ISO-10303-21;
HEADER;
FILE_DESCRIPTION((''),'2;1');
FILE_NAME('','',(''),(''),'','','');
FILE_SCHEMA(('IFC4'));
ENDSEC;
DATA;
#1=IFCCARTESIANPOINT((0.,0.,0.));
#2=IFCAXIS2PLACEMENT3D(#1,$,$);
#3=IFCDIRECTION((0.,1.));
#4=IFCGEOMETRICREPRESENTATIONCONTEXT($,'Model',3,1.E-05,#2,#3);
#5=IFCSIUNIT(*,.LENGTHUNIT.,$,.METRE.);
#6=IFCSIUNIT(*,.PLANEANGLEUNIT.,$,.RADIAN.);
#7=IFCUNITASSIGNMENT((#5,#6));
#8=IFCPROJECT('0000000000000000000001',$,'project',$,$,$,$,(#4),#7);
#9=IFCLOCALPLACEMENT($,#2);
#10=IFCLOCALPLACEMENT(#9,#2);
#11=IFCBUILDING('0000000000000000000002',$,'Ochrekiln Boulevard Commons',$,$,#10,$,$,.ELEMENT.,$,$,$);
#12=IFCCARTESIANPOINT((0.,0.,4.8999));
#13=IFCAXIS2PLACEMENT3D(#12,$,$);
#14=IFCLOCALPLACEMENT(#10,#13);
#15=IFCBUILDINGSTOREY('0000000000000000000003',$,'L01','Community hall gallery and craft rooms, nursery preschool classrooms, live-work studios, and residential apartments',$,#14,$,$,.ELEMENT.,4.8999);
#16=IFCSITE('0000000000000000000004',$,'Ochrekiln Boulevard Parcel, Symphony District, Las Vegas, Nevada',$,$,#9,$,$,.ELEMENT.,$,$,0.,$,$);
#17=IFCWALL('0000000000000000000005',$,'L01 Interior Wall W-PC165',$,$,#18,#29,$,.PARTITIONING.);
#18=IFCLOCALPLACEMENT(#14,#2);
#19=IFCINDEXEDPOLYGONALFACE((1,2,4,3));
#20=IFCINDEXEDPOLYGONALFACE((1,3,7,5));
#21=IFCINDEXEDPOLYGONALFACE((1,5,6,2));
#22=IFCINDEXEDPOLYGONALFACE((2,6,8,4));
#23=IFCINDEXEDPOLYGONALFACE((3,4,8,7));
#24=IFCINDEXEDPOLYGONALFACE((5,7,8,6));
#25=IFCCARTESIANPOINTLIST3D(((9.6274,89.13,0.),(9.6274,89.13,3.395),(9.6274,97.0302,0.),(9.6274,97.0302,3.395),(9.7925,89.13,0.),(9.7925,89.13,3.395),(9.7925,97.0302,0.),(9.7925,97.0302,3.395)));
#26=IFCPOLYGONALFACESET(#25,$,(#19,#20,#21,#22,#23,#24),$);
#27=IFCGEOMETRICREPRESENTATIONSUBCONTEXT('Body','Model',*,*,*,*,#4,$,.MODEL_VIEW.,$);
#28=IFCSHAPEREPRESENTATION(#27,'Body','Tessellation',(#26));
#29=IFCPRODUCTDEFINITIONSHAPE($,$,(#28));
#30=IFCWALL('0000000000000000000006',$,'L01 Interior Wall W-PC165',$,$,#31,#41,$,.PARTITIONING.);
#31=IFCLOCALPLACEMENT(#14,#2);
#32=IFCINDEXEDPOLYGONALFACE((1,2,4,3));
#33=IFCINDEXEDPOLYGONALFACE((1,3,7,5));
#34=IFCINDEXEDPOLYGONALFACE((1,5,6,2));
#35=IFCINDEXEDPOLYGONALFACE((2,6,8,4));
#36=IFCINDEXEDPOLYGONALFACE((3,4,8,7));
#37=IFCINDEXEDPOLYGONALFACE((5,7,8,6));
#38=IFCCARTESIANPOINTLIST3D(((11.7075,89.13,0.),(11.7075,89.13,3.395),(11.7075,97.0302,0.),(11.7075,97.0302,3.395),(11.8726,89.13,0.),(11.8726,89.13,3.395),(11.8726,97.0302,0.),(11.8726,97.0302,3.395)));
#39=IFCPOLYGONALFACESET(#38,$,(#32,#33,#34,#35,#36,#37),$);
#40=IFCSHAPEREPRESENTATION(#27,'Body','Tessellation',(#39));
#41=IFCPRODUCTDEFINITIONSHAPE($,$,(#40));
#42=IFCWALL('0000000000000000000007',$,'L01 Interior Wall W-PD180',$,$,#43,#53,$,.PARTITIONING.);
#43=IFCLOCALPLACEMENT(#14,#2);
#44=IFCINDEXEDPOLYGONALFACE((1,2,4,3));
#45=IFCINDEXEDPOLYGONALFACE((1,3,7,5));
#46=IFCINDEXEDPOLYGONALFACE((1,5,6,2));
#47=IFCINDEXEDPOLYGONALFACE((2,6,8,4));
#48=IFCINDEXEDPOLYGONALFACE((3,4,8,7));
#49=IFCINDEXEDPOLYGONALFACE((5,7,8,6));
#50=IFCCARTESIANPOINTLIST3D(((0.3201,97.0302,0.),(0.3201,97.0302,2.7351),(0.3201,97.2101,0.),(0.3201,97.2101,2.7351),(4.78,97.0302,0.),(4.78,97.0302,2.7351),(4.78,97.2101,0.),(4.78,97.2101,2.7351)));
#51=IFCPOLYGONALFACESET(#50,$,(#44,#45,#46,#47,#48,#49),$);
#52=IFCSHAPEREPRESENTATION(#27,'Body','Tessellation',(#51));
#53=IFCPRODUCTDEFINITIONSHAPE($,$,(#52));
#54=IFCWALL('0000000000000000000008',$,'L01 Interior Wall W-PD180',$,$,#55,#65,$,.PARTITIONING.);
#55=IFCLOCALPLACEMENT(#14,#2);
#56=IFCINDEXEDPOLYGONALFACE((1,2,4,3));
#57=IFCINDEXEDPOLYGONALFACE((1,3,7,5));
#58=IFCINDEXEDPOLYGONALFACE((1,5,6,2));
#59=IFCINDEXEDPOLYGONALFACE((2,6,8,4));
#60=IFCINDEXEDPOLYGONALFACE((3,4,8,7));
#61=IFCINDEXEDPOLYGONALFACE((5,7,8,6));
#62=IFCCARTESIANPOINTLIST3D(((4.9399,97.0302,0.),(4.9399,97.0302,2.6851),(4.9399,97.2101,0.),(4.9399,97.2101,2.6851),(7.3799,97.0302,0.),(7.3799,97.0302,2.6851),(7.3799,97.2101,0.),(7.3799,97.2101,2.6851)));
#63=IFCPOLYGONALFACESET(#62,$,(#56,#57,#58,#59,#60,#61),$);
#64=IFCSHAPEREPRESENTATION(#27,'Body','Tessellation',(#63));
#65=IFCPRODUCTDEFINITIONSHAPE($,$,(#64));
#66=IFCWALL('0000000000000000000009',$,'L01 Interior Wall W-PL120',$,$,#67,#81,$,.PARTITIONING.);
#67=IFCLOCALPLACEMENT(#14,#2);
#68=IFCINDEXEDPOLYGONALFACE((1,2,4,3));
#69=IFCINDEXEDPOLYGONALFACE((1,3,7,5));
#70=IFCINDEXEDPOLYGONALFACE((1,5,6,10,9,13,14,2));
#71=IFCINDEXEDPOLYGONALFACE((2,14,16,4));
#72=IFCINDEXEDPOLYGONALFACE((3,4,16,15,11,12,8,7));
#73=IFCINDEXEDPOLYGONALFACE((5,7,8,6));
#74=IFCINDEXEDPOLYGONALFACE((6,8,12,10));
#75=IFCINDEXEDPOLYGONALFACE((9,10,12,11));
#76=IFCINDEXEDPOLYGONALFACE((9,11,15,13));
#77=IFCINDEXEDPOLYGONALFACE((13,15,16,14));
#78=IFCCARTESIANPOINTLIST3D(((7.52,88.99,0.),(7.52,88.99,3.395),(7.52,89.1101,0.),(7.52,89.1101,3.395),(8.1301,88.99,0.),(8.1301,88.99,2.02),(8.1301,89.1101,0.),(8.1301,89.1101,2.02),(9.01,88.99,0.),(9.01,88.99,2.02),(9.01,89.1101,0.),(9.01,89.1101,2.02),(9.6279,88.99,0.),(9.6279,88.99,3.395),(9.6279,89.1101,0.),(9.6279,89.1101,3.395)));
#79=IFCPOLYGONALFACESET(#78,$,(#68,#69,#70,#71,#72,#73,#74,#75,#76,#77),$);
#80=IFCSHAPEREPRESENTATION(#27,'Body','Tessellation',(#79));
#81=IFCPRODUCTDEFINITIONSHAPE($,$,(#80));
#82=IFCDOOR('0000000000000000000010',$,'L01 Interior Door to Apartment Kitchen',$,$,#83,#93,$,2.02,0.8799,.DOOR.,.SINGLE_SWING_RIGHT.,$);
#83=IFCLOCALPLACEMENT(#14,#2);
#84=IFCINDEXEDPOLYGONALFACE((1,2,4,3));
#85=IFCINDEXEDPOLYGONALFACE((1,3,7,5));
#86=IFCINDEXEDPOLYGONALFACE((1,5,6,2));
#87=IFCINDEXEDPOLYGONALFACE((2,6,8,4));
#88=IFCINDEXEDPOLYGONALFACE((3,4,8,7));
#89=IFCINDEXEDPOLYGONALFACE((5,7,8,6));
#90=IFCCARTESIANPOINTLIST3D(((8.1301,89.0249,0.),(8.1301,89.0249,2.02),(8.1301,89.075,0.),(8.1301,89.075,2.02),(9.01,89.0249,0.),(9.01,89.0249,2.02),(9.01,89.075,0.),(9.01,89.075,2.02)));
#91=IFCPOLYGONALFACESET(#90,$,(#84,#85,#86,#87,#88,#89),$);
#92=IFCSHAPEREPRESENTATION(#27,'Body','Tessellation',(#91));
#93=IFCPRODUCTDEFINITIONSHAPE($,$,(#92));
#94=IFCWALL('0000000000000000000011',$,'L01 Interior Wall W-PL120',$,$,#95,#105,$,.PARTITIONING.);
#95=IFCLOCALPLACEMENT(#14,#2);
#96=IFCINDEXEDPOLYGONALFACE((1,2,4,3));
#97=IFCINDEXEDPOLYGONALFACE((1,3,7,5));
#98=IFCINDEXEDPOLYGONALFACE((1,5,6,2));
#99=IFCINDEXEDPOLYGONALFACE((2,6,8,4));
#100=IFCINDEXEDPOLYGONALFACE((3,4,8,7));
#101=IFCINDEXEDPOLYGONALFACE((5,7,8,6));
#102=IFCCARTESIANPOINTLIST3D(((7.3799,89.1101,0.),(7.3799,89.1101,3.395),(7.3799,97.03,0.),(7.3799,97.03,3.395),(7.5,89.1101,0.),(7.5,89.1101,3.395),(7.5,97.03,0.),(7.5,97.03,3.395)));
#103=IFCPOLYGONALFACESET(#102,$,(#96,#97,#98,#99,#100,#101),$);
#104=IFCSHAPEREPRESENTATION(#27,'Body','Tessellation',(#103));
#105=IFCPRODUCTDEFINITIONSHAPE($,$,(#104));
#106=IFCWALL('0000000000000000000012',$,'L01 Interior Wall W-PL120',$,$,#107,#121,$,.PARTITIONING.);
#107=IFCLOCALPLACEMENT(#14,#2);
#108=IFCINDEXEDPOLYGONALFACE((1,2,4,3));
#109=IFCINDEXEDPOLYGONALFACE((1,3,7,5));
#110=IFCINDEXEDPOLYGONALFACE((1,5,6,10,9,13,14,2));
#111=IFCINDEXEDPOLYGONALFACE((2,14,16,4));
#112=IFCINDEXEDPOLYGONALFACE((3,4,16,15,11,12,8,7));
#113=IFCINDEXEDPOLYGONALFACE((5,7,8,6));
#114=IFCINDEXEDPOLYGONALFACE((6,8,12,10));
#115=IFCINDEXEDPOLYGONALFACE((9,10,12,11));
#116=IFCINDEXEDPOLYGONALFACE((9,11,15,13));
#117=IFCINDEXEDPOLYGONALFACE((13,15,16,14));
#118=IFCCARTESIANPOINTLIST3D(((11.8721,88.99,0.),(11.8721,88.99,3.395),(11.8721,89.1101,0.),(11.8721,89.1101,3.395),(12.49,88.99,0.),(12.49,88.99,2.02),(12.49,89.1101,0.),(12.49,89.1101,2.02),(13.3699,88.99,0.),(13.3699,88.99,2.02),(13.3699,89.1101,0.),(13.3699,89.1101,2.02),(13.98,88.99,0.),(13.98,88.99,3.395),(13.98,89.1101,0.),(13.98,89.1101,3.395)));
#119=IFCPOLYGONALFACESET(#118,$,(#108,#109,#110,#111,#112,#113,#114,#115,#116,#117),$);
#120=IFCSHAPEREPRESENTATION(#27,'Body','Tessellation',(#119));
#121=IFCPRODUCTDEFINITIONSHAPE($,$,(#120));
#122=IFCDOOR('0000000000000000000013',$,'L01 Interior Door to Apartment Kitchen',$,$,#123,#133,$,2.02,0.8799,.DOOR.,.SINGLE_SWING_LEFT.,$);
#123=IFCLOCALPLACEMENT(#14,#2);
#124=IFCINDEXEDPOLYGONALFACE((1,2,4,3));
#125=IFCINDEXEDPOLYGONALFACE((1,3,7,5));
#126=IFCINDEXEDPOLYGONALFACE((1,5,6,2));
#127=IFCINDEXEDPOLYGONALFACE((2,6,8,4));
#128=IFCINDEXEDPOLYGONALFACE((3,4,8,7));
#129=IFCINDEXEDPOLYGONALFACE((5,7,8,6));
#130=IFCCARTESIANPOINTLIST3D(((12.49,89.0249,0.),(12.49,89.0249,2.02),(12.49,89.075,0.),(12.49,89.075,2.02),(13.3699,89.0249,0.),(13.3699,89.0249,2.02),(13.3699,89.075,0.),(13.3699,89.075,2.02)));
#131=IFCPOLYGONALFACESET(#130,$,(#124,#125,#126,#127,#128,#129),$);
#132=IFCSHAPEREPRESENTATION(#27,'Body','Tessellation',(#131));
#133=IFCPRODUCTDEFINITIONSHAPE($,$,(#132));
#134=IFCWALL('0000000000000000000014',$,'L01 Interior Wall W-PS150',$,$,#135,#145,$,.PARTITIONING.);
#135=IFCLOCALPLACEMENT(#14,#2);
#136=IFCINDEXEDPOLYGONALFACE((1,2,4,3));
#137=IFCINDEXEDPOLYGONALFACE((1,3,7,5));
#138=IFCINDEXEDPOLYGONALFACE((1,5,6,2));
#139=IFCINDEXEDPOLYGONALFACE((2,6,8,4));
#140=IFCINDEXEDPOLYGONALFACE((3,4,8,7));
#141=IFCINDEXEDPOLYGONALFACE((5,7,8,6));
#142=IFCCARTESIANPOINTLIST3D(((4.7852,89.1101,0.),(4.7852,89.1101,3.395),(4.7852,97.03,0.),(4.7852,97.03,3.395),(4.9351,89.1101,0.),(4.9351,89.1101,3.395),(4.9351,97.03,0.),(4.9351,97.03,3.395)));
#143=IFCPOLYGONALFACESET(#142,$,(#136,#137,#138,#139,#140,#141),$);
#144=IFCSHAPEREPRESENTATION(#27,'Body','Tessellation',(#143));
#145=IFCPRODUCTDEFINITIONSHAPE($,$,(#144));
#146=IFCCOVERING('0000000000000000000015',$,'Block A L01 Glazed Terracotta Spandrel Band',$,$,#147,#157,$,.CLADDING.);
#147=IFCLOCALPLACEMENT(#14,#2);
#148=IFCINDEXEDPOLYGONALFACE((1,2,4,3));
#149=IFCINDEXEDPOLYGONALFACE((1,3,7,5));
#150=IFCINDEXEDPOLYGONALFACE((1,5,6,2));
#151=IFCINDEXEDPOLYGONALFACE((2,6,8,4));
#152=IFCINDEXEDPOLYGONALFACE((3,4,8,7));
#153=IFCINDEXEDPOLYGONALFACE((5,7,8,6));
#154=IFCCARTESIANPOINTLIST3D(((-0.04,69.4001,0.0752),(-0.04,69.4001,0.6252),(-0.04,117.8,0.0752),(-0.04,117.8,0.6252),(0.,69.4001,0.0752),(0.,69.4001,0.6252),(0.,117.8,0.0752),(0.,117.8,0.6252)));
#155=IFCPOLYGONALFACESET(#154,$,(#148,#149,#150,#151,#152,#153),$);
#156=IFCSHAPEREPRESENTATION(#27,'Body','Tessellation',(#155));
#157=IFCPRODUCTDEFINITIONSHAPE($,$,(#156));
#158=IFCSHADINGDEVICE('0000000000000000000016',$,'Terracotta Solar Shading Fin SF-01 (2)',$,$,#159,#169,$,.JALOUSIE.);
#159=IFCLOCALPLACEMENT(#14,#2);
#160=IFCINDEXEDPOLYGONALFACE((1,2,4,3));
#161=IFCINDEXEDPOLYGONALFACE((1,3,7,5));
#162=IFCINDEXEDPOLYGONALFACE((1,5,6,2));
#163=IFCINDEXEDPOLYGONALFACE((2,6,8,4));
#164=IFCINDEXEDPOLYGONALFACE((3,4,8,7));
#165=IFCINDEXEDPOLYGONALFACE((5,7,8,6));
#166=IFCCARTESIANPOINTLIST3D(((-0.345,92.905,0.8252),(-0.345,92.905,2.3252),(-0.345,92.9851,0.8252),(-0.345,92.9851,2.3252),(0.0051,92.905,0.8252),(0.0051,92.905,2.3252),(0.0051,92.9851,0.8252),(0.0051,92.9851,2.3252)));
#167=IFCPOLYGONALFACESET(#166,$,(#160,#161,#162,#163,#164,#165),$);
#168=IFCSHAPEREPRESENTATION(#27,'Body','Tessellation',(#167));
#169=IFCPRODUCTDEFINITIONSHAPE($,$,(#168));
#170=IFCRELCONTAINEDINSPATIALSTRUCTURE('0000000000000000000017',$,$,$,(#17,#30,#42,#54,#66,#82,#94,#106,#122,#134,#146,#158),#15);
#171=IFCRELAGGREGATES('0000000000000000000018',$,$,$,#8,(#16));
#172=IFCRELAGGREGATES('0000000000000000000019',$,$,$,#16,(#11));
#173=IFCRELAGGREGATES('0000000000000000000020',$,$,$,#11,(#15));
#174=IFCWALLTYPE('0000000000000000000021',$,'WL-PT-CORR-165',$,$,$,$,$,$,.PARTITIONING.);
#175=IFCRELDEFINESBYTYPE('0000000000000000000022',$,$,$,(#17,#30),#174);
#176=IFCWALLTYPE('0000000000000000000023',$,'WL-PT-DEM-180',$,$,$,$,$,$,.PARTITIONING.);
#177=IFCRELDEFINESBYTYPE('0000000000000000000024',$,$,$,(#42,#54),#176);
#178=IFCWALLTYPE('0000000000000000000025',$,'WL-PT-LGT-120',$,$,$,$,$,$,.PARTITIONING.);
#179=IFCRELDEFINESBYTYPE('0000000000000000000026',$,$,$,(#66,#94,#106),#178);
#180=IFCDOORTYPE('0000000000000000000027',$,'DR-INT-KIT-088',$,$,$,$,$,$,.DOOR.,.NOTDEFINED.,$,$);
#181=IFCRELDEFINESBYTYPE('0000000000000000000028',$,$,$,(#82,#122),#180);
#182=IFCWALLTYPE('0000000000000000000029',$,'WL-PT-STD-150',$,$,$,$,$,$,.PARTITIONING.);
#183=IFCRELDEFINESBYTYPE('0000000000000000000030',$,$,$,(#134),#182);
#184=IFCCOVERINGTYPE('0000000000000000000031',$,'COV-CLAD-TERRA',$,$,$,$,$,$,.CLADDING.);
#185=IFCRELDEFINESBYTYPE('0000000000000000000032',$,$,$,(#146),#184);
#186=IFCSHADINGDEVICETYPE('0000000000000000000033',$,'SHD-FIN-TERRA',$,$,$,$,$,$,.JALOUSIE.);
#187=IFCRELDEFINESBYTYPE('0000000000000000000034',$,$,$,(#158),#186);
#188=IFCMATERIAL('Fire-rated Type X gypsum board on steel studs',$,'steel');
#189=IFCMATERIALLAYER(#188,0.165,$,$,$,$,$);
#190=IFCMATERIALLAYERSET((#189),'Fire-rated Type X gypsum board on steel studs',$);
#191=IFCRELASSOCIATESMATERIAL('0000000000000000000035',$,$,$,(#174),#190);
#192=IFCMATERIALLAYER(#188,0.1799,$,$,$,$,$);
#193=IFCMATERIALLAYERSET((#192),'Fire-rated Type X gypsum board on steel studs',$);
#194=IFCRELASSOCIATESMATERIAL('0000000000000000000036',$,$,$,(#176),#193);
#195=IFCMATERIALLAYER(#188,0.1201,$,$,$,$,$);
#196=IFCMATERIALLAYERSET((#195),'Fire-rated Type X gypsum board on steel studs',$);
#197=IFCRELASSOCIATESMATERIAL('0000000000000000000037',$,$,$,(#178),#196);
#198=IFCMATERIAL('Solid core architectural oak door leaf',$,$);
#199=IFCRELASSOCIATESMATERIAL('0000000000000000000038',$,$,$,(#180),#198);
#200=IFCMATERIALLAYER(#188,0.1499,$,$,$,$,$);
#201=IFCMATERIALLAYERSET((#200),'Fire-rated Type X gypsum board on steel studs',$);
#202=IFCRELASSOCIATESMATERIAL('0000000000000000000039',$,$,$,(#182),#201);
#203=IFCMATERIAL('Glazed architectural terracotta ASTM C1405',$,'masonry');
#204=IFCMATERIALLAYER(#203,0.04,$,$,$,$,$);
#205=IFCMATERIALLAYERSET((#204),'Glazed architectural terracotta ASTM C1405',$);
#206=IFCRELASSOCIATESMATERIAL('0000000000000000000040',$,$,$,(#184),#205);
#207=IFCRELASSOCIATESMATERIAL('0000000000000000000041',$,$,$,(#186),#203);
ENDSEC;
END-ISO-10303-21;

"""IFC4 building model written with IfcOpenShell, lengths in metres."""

from ifc_helpers import new_model, si_unit, direction, frame, frame_2d, origin, origin_2d, place, context, subcontext, project, spatial, rectangle, extrude, material, layer, layer_set, type_object, element, fill, save


model = new_model("IFC4")

# Units and contexts
model_context = context("Model", 3, precision=1e-05, world=origin(), true_north=direction((0.0, 1.0)))
body_context = subcontext(model_context, "Body", "Model", "MODEL_VIEW")
ifc_project = project(units=[si_unit("LENGTHUNIT", "METRE"), si_unit("PLANEANGLEUNIT", "RADIAN")], contexts=[model_context])

# Site, building, storey
site_placement = place(None, origin())
site = spatial("IfcSite", under=ifc_project, at=site_placement, Name="Ochrekiln Boulevard Parcel, Symphony District, Las Vegas, Nevada", CompositionType="ELEMENT", RefElevation=0.0)
building_placement = place(site_placement, origin())
building = spatial("IfcBuilding", under=site, at=building_placement, Name="Ochrekiln Boulevard Commons", CompositionType="ELEMENT")
storey_placement = place(building_placement, frame((0.0, 0.0, 4.8999)))
storey = spatial("IfcBuildingStorey", under=building, at=storey_placement, Name="L01", Description="Community hall gallery and craft rooms, nursery preschool classrooms, live-work studios, and residential apartments", CompositionType="ELEMENT", Elevation=4.8999)

# Walls
ifc_material_1 = material(Name="Fire-rated Type X gypsum board on steel studs", Category="steel")
ifc_layer_1 = layer(ifc_material_1, 0.165)
ifc_layer_set_1 = layer_set([ifc_layer_1], Name="Fire-rated Type X gypsum board on steel studs")
wall_type_1 = type_object("IfcWallType", Name="WL-PT-CORR-165", PredefinedType="PARTITIONING", material=ifc_layer_set_1)
for number, where, z_axis, x_axis, name in (
    (1, (9.71, 89.1299, 0.0), (0.0, 0.0, 1.0), (0.0, 1.0, 0.0), "L01 Interior Wall W-PC165"),
    (2, (11.79, 89.1299, 0.0), (0.0, 0.0, 1.0), (0.0, 1.0, 0.0), "L01 Interior Wall W-PC165"),
):
    element("IfcWall", number, at=place(storey_placement, frame(where, z_axis=z_axis, x_axis=x_axis)), inside=storey, type_object=wall_type_1, Name=name, PredefinedType="PARTITIONING", context=body_context, shape_type="SweptSolid", body=[
        extrude(rectangle(XDim=7.9001, YDim=0.165, at=frame_2d((3.9502, 0.0))), origin(), (0.0, 0.0, 1.0), 3.395),
    ])
ifc_layer_2 = layer(ifc_material_1, 0.1799)
ifc_layer_set_2 = layer_set([ifc_layer_2], Name="Fire-rated Type X gypsum board on steel studs")
wall_type_2 = type_object("IfcWallType", Name="WL-PT-DEM-180", PredefinedType="PARTITIONING", material=ifc_layer_set_2)
wall_1_placement = place(storey_placement, frame((0.3201, 97.1201, 0.0), z_axis=(0.0, 0.0, 1.0), x_axis=(1.0, 0.0, 0.0)))
element("IfcWall", 3, at=wall_1_placement, inside=storey, type_object=wall_type_2, Name="L01 Interior Wall W-PD180", PredefinedType="PARTITIONING", context=body_context, shape_type="SweptSolid", body=[
    extrude(rectangle(XDim=4.46, YDim=0.1799, at=frame_2d((2.23, 0.0))), origin(), (0.0, 0.0, 1.0), 2.7351),
])
wall_2_placement = place(storey_placement, frame((4.9399, 97.1201, 0.0), z_axis=(0.0, 0.0, 1.0), x_axis=(1.0, 0.0, 0.0)))
element("IfcWall", 4, at=wall_2_placement, inside=storey, type_object=wall_type_2, Name="L01 Interior Wall W-PD180", PredefinedType="PARTITIONING", context=body_context, shape_type="SweptSolid", body=[
    extrude(rectangle(XDim=2.4399, YDim=0.1799, at=frame_2d((1.22, 0.0))), origin(), (0.0, 0.0, 1.0), 2.6851),
])

# Wall, opening, door
ifc_layer_3 = layer(ifc_material_1, 0.1201)
ifc_layer_set_3 = layer_set([ifc_layer_3], Name="Fire-rated Type X gypsum board on steel studs")
wall_type_3 = type_object("IfcWallType", Name="WL-PT-LGT-120", PredefinedType="PARTITIONING", material=ifc_layer_set_3)
wall_3_placement = place(storey_placement, frame((7.52, 89.05, 0.0), z_axis=(0.0, 0.0, 1.0), x_axis=(1.0, 0.0, 0.0)))
wall_3 = element("IfcWall", 5, at=wall_3_placement, inside=storey, type_object=wall_type_3, Name="L01 Interior Wall W-PL120", PredefinedType="PARTITIONING", context=body_context, shape_type="SweptSolid", body=[
    extrude(rectangle(XDim=2.1079, YDim=0.1201, at=frame_2d((1.054, 0.0))), origin(), (0.0, 0.0, 1.0), 3.395),
])
opening_1_placement = place(wall_3_placement, frame((0.6101, 0.0, 0.0)))
opening_1 = element("IfcOpeningElement", 6, at=opening_1_placement, cuts=wall_3, PredefinedType="OPENING", context=body_context, shape_type="SweptSolid", body=[
    extrude(rectangle(XDim=0.8799, YDim=2.02, at=frame_2d((0.4399, 1.01))), frame((0.0, 0.0701, 0.0), z_axis=(0.0, -1.0, 0.0), x_axis=(1.0, 0.0, 0.0)), (0.0, 0.0, 1.0), 0.1401),
])
ifc_material_2 = material(Name="Solid core architectural oak door leaf")
door_type = type_object("IfcDoorType", Name="DR-INT-KIT-088", OperationType="NOTDEFINED", PredefinedType="DOOR", material=ifc_material_2)
door_1_placement = place(opening_1_placement, origin())
door_1 = element("IfcDoor", 7, at=door_1_placement, inside=storey, type_object=door_type, Name="L01 Interior Door to Apartment Kitchen", OperationType="SINGLE_SWING_RIGHT", OverallHeight=2.02, OverallWidth=0.8799, PredefinedType="DOOR", context=body_context, shape_type="SweptSolid", body=[
    extrude(rectangle(XDim=0.8799, YDim=2.02, at=frame_2d((0.4399, 1.01))), frame((0.0, 0.0249, 0.0), z_axis=(0.0, -1.0, 0.0), x_axis=(1.0, 0.0, 0.0)), (0.0, 0.0, 1.0), 0.05),
])
fill(opening_1, door_1)

# Wall
wall_4_placement = place(storey_placement, frame((7.4399, 89.1101, 0.0), z_axis=(0.0, 0.0, 1.0), x_axis=(0.0, 1.0, 0.0)))
element("IfcWall", 8, at=wall_4_placement, inside=storey, type_object=wall_type_3, Name="L01 Interior Wall W-PL120", PredefinedType="PARTITIONING", context=body_context, shape_type="SweptSolid", body=[
    extrude(rectangle(XDim=7.9199, YDim=0.1201, at=frame_2d((3.96, 0.0))), origin(), (0.0, 0.0, 1.0), 3.395),
])

# Wall, opening, door
wall_5_placement = place(storey_placement, frame((11.8721, 89.05, 0.0), z_axis=(0.0, 0.0, 1.0), x_axis=(1.0, 0.0, 0.0)))
wall_5 = element("IfcWall", 9, at=wall_5_placement, inside=storey, type_object=wall_type_3, Name="L01 Interior Wall W-PL120", PredefinedType="PARTITIONING", context=body_context, shape_type="SweptSolid", body=[
    extrude(rectangle(XDim=2.1079, YDim=0.1201, at=frame_2d((1.054, 0.0))), origin(), (0.0, 0.0, 1.0), 3.395),
])
opening_2_placement = place(wall_5_placement, frame((0.6179, 0.0, 0.0)))
opening_2 = element("IfcOpeningElement", 10, at=opening_2_placement, cuts=wall_5, PredefinedType="OPENING", context=body_context, shape_type="SweptSolid", body=[
    extrude(rectangle(XDim=0.8799, YDim=2.02, at=frame_2d((0.4399, 1.01))), frame((0.0, 0.0701, 0.0), z_axis=(0.0, -1.0, 0.0), x_axis=(1.0, 0.0, 0.0)), (0.0, 0.0, 1.0), 0.1401),
])
door_2_placement = place(opening_2_placement, origin())
door_2 = element("IfcDoor", 11, at=door_2_placement, inside=storey, type_object=door_type, Name="L01 Interior Door to Apartment Kitchen", OperationType="SINGLE_SWING_LEFT", OverallHeight=2.02, OverallWidth=0.8799, PredefinedType="DOOR", context=body_context, shape_type="SweptSolid", body=[
    extrude(rectangle(XDim=0.8799, YDim=2.02, at=frame_2d((0.4399, 1.01))), frame((0.0, 0.0249, 0.0), z_axis=(0.0, -1.0, 0.0), x_axis=(1.0, 0.0, 0.0)), (0.0, 0.0, 1.0), 0.05),
])
fill(opening_2, door_2)

# Wall
ifc_layer_4 = layer(ifc_material_1, 0.1499)
ifc_layer_set_4 = layer_set([ifc_layer_4], Name="Fire-rated Type X gypsum board on steel studs")
wall_type_4 = type_object("IfcWallType", Name="WL-PT-STD-150", PredefinedType="PARTITIONING", material=ifc_layer_set_4)
wall_6_placement = place(storey_placement, frame((4.8601, 89.1101, 0.0), z_axis=(0.0, 0.0, 1.0), x_axis=(0.0, 1.0, 0.0)))
element("IfcWall", 12, at=wall_6_placement, inside=storey, type_object=wall_type_4, Name="L01 Interior Wall W-PS150", PredefinedType="PARTITIONING", context=body_context, shape_type="SweptSolid", body=[
    extrude(rectangle(XDim=7.9199, YDim=0.1499, at=frame_2d((3.96, 0.0))), origin(), (0.0, 0.0, 1.0), 3.395),
])

# Covering
ifc_material_3 = material(Name="Glazed architectural terracotta ASTM C1405", Category="masonry")
ifc_layer_5 = layer(ifc_material_3, 0.04)
ifc_layer_set_5 = layer_set([ifc_layer_5], Name="Glazed architectural terracotta ASTM C1405")
covering_type = type_object("IfcCoveringType", Name="COV-CLAD-TERRA", PredefinedType="CLADDING", material=ifc_layer_set_5)
covering_placement = place(storey_placement, frame((-0.02, 93.6001, 0.0752), z_axis=(0.0, 0.0, 1.0), x_axis=(1.0, 0.0, 0.0)))
element("IfcCovering", 13, at=covering_placement, inside=storey, type_object=covering_type, Name="Block A L01 Glazed Terracotta Spandrel Band", PredefinedType="CLADDING", context=body_context, shape_type="SweptSolid", body=[
    extrude(rectangle(XDim=0.04, YDim=48.3999, at=origin_2d()), origin(), (0.0, 0.0, 1.0), 0.55),
])

# Shading device
shading_device_type = type_object("IfcShadingDeviceType", Name="SHD-FIN-TERRA", PredefinedType="JALOUSIE", material=ifc_material_3)
shading_device_placement = place(storey_placement, frame((-0.1699, 92.9451, 0.8252), z_axis=(0.0, 0.0, 1.0), x_axis=(1.0, 0.0, 0.0)))
element("IfcShadingDevice", 14, at=shading_device_placement, inside=storey, type_object=shading_device_type, Name="Terracotta Solar Shading Fin SF-01 (2)", PredefinedType="JALOUSIE", context=body_context, shape_type="SweptSolid", body=[
    extrude(rectangle(XDim=0.3501, YDim=0.0801, at=origin_2d()), origin(), (0.0, 0.0, 1.0), 1.5),
])

save(model, "model.ifc")
